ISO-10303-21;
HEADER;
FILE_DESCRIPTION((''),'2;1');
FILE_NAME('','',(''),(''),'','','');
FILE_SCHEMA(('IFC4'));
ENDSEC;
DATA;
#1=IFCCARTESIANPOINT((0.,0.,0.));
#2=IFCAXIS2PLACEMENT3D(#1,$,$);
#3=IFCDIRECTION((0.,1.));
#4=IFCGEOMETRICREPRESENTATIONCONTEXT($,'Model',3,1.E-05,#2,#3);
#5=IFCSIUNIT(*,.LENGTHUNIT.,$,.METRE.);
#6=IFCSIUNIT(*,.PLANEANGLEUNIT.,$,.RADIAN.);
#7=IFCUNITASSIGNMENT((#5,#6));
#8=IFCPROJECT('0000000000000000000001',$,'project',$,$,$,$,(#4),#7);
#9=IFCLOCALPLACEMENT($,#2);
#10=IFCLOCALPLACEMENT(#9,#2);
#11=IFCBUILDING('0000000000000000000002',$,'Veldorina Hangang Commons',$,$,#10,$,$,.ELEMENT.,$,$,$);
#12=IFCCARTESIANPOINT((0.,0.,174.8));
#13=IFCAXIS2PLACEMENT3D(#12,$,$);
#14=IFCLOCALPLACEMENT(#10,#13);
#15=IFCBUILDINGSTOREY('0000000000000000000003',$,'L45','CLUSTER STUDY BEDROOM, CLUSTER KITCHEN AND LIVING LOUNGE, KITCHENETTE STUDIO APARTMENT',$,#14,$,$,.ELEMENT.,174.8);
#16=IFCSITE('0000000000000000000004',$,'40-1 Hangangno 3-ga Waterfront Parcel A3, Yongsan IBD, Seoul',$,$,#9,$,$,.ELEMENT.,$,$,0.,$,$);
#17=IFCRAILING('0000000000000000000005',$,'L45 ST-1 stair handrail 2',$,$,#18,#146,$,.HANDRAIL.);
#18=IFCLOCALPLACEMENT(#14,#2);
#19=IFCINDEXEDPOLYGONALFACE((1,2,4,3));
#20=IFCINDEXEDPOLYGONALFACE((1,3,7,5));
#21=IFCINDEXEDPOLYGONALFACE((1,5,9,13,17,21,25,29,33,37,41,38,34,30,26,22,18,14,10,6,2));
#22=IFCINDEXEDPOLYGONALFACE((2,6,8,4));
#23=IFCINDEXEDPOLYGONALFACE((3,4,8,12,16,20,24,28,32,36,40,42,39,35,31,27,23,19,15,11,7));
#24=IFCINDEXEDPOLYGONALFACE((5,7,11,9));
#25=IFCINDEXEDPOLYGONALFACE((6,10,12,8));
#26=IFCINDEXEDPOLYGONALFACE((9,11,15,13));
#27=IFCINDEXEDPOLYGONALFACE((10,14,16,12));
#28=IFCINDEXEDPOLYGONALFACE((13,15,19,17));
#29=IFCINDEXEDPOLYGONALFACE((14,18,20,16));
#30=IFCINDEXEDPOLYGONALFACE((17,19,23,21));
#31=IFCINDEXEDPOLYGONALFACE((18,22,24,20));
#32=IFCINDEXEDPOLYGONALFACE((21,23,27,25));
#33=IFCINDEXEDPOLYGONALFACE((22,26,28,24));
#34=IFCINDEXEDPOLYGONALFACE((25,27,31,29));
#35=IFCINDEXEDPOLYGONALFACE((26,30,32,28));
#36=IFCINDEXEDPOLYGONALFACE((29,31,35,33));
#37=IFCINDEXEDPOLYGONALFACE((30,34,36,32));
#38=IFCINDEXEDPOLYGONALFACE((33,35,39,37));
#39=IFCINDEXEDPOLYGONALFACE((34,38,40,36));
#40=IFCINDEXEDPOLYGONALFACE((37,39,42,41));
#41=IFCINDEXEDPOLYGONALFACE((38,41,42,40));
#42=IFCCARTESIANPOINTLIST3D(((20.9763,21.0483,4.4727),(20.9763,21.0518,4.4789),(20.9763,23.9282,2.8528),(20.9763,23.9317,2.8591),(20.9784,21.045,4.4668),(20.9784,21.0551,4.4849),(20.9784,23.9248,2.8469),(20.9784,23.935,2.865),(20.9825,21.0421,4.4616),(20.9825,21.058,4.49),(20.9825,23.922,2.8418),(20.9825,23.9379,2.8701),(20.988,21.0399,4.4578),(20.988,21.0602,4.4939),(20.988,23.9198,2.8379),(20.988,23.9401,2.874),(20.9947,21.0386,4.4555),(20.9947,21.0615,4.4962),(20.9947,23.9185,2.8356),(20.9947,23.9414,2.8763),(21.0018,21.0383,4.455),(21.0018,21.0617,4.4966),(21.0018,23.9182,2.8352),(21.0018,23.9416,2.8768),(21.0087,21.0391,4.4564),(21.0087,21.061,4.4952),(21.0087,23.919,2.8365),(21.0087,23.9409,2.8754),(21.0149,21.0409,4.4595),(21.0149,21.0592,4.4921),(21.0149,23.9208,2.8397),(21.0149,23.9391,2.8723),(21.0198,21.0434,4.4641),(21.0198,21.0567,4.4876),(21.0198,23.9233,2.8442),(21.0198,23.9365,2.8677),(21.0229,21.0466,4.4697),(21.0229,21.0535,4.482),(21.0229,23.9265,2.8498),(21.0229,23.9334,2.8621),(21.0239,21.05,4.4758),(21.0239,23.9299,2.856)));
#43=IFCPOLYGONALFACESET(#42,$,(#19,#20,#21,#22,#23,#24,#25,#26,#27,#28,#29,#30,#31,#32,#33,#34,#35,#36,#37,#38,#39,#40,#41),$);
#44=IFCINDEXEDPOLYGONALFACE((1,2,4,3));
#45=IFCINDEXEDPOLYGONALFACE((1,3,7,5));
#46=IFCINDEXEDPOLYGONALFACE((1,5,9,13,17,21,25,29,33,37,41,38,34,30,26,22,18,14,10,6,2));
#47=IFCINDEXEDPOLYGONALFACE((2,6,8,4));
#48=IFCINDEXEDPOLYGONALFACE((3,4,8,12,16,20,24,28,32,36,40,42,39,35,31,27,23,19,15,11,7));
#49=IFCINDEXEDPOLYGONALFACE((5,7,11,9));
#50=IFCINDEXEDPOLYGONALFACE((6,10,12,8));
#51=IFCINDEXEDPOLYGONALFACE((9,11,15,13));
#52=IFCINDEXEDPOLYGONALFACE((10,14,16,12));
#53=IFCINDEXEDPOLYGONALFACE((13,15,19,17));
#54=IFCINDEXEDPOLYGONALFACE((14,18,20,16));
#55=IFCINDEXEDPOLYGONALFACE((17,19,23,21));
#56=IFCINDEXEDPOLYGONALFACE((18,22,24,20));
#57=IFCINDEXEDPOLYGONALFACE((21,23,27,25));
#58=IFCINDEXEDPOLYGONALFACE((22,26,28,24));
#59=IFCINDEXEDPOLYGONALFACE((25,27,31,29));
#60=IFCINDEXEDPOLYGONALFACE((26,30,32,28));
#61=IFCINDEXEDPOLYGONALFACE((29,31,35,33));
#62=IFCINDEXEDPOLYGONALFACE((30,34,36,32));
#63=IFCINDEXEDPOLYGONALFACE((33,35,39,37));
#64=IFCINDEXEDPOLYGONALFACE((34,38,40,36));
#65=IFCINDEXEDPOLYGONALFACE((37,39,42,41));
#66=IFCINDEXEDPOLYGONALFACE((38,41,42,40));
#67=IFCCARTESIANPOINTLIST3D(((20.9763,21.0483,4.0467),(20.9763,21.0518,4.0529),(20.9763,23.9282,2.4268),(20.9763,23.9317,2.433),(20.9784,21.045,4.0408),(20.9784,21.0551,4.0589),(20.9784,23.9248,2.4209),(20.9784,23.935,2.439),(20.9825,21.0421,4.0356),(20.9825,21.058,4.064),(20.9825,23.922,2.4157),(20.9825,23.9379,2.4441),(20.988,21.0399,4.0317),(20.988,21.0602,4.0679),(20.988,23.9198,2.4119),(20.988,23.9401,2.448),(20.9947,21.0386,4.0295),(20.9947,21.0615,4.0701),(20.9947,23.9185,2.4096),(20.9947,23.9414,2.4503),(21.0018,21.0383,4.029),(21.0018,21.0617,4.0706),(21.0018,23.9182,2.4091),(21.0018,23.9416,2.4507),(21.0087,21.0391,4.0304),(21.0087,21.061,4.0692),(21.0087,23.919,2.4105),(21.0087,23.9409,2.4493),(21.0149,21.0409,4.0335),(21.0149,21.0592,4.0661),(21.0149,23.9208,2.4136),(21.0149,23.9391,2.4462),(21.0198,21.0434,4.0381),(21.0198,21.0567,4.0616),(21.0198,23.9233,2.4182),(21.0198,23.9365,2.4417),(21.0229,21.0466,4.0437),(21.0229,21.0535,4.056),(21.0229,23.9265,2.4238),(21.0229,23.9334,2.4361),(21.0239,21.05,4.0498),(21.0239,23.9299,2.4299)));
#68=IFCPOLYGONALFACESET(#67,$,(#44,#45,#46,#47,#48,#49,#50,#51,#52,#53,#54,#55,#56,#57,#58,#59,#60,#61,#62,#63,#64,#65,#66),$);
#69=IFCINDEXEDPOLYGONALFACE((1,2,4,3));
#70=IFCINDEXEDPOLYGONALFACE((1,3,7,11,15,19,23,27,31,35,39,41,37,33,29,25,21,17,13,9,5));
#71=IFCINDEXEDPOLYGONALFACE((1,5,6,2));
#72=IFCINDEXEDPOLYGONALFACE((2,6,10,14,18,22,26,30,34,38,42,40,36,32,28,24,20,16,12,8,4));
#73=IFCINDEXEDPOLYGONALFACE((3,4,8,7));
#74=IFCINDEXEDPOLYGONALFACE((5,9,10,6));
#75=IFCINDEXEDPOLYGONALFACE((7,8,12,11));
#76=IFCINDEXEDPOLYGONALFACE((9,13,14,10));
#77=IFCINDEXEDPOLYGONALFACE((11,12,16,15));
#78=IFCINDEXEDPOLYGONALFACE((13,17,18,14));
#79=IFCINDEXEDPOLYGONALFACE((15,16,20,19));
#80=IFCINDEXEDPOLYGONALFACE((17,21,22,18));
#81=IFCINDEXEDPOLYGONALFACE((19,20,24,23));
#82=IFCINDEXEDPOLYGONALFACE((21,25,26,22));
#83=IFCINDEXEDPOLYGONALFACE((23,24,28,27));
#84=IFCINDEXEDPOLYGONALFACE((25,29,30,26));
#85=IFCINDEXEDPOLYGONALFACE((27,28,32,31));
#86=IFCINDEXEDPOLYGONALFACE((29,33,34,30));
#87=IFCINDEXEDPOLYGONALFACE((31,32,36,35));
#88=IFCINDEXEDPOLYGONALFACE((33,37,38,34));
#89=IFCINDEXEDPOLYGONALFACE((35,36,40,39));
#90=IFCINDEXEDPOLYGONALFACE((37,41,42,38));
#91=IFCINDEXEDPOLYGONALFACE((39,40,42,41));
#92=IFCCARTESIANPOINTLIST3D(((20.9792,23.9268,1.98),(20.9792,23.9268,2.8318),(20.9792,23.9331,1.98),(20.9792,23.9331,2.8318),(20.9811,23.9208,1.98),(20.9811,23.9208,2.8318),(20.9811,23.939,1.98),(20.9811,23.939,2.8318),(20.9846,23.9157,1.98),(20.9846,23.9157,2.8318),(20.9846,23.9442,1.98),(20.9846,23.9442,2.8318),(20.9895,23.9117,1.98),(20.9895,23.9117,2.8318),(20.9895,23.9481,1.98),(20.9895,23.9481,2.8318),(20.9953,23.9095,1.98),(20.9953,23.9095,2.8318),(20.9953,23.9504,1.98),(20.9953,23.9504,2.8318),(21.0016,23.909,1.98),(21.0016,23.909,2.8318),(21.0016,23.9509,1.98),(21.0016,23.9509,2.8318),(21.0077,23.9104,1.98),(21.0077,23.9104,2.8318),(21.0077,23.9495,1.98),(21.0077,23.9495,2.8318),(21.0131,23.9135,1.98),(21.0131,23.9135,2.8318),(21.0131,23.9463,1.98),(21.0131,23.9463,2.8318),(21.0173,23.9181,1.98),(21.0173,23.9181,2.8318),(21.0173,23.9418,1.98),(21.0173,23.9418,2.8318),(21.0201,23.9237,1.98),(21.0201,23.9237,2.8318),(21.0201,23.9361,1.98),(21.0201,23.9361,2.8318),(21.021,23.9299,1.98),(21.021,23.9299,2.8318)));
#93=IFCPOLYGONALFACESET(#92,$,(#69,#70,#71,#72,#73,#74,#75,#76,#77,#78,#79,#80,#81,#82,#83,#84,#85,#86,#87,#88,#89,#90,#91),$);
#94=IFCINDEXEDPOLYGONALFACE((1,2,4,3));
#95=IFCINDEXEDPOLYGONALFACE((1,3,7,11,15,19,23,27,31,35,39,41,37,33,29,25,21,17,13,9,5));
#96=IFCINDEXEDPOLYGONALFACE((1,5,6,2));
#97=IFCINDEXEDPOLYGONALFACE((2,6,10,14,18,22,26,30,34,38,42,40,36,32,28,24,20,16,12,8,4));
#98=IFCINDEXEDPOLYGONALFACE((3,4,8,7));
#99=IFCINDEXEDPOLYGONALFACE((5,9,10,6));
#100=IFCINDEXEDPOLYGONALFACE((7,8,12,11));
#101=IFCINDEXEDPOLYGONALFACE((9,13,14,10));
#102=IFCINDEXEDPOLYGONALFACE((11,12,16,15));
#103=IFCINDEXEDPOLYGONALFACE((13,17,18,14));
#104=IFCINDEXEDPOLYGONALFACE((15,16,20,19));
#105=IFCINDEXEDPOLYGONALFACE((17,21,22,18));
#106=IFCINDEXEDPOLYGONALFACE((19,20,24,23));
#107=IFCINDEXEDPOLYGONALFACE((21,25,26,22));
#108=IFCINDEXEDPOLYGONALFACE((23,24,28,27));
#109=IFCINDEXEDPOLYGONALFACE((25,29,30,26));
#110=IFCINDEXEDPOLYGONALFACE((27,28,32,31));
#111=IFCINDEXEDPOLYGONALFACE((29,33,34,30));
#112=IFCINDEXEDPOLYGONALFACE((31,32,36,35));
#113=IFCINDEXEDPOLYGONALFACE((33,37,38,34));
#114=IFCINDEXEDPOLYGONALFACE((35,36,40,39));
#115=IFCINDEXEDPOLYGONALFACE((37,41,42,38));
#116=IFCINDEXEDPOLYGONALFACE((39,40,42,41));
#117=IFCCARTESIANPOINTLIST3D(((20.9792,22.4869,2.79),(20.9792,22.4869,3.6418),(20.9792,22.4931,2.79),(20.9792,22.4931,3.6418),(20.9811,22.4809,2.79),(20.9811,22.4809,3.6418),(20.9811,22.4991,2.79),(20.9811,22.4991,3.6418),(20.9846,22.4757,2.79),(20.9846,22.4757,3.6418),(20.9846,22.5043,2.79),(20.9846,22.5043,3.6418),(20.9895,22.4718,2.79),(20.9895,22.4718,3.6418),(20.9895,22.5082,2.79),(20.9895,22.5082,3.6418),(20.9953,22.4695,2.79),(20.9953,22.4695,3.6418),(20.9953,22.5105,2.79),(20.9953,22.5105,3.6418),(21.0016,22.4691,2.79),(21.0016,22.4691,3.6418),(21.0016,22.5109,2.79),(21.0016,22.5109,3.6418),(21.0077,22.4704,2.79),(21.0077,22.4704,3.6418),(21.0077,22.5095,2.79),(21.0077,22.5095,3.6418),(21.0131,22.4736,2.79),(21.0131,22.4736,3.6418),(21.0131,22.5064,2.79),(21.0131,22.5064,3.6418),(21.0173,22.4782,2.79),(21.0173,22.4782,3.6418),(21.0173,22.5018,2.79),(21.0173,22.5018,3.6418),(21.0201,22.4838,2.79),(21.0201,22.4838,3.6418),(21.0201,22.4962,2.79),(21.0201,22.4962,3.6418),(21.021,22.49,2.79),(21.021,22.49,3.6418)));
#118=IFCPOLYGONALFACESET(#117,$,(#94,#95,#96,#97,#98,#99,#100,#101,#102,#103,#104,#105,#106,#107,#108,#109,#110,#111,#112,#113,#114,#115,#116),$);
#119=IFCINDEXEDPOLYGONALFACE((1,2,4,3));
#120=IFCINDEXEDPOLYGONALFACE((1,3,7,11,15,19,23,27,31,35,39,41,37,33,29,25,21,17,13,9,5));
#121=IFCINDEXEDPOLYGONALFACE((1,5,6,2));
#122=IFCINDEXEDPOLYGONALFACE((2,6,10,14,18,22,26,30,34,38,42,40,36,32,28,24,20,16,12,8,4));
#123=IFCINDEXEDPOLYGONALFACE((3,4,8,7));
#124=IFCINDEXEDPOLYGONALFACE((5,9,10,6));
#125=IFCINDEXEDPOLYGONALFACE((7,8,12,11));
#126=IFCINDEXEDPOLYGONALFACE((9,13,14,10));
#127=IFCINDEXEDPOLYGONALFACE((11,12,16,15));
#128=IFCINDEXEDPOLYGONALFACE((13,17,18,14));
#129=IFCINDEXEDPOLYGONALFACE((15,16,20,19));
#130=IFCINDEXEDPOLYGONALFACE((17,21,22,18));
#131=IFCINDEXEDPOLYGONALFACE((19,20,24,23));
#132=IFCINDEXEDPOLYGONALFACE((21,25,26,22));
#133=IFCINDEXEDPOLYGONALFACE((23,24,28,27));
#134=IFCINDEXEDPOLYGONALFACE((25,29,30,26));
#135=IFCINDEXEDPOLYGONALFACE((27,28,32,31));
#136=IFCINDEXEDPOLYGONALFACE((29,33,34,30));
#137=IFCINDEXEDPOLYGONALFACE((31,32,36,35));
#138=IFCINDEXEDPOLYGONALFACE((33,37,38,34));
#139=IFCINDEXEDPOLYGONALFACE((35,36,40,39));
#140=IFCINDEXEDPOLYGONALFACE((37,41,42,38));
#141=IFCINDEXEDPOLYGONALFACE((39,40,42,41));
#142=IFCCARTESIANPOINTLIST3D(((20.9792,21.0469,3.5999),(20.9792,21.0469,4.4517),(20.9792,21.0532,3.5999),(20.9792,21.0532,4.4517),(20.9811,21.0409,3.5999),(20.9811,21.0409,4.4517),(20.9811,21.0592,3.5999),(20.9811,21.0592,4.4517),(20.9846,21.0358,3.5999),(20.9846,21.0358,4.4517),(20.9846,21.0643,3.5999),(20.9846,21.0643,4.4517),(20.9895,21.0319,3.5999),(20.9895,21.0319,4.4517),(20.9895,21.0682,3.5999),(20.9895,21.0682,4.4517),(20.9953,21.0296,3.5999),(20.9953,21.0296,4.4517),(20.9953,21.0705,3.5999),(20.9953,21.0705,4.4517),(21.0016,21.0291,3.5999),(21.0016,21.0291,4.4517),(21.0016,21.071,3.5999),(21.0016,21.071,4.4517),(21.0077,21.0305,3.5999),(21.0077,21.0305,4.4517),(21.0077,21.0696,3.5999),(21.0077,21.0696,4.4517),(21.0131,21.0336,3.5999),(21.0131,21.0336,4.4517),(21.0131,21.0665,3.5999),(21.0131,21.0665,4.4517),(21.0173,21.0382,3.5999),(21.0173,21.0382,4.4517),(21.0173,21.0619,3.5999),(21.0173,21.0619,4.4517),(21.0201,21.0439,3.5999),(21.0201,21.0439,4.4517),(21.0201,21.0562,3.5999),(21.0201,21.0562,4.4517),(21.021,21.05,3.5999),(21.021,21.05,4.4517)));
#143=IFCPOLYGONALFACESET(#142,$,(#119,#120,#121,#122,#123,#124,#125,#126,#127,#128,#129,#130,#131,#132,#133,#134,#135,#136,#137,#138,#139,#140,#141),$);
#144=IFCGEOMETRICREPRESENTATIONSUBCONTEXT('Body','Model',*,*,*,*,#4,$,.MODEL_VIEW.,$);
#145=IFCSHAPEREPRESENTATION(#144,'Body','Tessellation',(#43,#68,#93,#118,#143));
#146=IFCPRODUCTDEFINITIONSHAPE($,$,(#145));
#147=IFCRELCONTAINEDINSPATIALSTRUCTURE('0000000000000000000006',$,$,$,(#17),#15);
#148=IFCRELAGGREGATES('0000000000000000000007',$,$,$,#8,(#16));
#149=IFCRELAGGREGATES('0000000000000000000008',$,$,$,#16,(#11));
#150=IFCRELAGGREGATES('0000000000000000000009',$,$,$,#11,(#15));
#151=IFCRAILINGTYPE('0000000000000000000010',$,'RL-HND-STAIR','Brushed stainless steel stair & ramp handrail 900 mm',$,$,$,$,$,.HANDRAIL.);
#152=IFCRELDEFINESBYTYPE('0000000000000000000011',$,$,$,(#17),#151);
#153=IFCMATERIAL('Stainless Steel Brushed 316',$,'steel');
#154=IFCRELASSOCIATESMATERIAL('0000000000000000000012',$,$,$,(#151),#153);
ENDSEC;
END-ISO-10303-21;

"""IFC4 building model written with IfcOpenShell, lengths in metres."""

from ifc_helpers import new_model, si_unit, direction, frame, origin, origin_2d, place, context, subcontext, project, spatial, circle, extrude, material, type_object, element, save


model = new_model("IFC4")

# Units and contexts
model_context = context("Model", 3, precision=1e-05, world=origin(), true_north=direction((0.0, 1.0)))
body_context = subcontext(model_context, "Body", "Model", "MODEL_VIEW")
ifc_project = project(units=[si_unit("LENGTHUNIT", "METRE"), si_unit("PLANEANGLEUNIT", "RADIAN")], contexts=[model_context])

# Site, building, storey
site_placement = place(None, origin())
site = spatial("IfcSite", under=ifc_project, at=site_placement, Name="40-1 Hangangno 3-ga Waterfront Parcel A3, Yongsan IBD, Seoul", CompositionType="ELEMENT", RefElevation=0.0)
building_placement = place(site_placement, origin())
building = spatial("IfcBuilding", under=site, at=building_placement, Name="Veldorina Hangang Commons", CompositionType="ELEMENT")
storey_placement = place(building_placement, frame((0.0, 0.0, 174.8)))
storey = spatial("IfcBuildingStorey", under=building, at=storey_placement, Name="L45", Description="CLUSTER STUDY BEDROOM, CLUSTER KITCHEN AND LIVING LOUNGE, KITCHENETTE STUDIO APARTMENT", CompositionType="ELEMENT", Elevation=174.8)

# Railing
ifc_material_1 = material(Name="Stainless Steel Brushed 316", Category="steel")
railing_type = type_object("IfcRailingType", Name="RL-HND-STAIR", Description="Brushed stainless steel stair & ramp handrail 900 mm", PredefinedType="HANDRAIL", material=ifc_material_1)
railing_placement = place(storey_placement, frame((21.0, 23.9299, 1.98)))
element("IfcRailing", 1, at=railing_placement, inside=storey, type_object=railing_type, Name="L45 ST-1 stair handrail 2", PredefinedType="HANDRAIL", context=body_context, shape_type="SweptSolid", body=[
    extrude(circle(Radius=0.0239, at=origin_2d()), frame((0.0, 0.0, 0.876), z_axis=(0.0, -0.871583, 0.490247), x_axis=(1.0, 0.0, 0.0)), (0.0, 0.0, 1.0), 3.3042),
    extrude(circle(Radius=0.0239, at=origin_2d()), frame((0.0, 0.0, 0.45), z_axis=(0.0, -0.871583, 0.490247), x_axis=(1.0, 0.0, 0.0)), (0.0, 0.0, 1.0), 3.3042),
    extrude(circle(Radius=0.021, at=origin_2d()), origin(), (0.0, 0.0, 1.0), 0.8518),
    extrude(circle(Radius=0.021, at=origin_2d()), frame((0.0, -1.4399, 0.8101)), (0.0, 0.0, 1.0), 0.8518),
    extrude(circle(Radius=0.021, at=origin_2d()), frame((0.0, -2.8799, 1.6199)), (0.0, 0.0, 1.0), 0.8518),
])

save(model, "model.ifc")
